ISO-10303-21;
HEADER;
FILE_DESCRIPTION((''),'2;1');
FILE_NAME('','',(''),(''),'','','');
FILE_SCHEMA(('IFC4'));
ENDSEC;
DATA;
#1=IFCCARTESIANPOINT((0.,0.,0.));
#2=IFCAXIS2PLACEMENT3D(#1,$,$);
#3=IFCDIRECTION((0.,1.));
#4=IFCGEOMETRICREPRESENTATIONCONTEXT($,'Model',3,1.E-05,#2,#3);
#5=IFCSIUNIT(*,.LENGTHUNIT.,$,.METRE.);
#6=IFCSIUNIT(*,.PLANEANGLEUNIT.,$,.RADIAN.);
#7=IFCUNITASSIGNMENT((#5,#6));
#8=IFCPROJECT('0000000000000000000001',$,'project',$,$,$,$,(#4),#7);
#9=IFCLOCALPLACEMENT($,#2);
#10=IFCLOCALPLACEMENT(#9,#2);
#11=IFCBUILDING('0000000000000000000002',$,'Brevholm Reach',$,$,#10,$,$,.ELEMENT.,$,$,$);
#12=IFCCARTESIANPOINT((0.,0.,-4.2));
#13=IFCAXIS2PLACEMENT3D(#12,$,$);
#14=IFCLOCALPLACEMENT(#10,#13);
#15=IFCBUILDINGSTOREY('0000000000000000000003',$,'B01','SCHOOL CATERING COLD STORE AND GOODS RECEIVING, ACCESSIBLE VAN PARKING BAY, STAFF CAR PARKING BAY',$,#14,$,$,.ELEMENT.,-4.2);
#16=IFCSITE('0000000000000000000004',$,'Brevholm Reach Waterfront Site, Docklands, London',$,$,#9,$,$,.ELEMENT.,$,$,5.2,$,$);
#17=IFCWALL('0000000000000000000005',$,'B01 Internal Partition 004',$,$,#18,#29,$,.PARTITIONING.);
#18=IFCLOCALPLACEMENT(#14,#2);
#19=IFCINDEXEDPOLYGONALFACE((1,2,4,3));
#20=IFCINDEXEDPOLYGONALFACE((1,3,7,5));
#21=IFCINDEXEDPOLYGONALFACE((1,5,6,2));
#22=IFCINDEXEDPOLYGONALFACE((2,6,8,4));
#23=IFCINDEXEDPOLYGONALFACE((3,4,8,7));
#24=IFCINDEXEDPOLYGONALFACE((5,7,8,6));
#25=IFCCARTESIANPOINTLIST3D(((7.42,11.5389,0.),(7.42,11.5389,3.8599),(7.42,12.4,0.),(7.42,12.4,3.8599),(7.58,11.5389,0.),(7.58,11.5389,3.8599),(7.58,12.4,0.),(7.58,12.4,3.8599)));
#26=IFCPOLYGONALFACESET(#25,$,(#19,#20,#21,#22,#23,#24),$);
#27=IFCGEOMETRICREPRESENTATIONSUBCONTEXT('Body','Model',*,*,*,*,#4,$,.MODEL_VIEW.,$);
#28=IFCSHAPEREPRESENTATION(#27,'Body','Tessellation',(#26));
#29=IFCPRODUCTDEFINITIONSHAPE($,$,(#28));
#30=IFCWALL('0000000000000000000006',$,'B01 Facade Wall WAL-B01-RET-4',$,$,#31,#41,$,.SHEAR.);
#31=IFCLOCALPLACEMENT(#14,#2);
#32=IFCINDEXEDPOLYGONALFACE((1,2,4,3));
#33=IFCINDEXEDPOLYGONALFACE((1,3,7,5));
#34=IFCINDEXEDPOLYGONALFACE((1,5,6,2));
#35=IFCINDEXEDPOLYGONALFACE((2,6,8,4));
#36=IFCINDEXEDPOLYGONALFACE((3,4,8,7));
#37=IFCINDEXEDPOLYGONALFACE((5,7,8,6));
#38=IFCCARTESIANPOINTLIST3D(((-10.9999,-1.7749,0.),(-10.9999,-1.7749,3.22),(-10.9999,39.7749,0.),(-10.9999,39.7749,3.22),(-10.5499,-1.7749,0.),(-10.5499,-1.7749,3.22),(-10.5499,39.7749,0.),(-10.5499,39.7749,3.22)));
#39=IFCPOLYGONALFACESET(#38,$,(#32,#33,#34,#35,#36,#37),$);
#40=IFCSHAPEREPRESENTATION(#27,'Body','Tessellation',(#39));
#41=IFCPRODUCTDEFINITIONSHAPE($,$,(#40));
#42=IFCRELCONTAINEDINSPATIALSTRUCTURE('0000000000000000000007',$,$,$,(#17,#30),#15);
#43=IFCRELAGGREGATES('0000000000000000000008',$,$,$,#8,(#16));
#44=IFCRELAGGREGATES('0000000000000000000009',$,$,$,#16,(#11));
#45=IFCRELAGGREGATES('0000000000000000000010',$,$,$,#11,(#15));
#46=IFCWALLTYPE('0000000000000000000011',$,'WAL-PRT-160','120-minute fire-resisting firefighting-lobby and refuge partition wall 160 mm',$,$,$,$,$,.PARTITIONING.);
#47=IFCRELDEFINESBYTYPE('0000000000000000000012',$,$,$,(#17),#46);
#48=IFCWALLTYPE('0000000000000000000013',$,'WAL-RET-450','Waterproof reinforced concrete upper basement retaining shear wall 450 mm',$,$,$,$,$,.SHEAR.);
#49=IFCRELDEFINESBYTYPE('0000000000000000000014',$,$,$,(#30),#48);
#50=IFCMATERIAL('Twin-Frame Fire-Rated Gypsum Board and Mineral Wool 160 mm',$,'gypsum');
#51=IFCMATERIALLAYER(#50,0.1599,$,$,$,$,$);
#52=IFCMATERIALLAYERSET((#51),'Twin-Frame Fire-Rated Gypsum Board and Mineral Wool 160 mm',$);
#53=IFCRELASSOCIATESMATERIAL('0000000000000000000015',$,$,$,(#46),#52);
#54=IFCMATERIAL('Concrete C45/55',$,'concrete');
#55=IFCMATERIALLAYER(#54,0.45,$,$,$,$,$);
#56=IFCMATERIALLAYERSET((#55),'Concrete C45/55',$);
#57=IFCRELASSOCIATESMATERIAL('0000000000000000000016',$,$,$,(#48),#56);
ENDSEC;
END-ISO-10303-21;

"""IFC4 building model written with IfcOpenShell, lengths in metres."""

from ifc_helpers import new_model, si_unit, direction, frame, frame_2d, origin, place, context, subcontext, project, spatial, rectangle, extrude, material, layer, layer_set, type_object, element, save


model = new_model("IFC4")

# Units and contexts
model_context = context("Model", 3, precision=1e-05, world=origin(), true_north=direction((0.0, 1.0)))
body_context = subcontext(model_context, "Body", "Model", "MODEL_VIEW")
ifc_project = project(units=[si_unit("LENGTHUNIT", "METRE"), si_unit("PLANEANGLEUNIT", "RADIAN")], contexts=[model_context])

# Site, building, storey
site_placement = place(None, origin())
site = spatial("IfcSite", under=ifc_project, at=site_placement, Name="Brevholm Reach Waterfront Site, Docklands, London", CompositionType="ELEMENT", RefElevation=5.2)
building_placement = place(site_placement, origin())
building = spatial("IfcBuilding", under=site, at=building_placement, Name="Brevholm Reach", CompositionType="ELEMENT")
storey_placement = place(building_placement, frame((0.0, 0.0, -4.2)))
storey = spatial("IfcBuildingStorey", under=building, at=storey_placement, Name="B01", Description="SCHOOL CATERING COLD STORE AND GOODS RECEIVING, ACCESSIBLE VAN PARKING BAY, STAFF CAR PARKING BAY", CompositionType="ELEMENT", Elevation=-4.2)

# Walls
ifc_material_1 = material(Name="Twin-Frame Fire-Rated Gypsum Board and Mineral Wool 160 mm", Category="gypsum")
ifc_layer_1 = layer(ifc_material_1, 0.1599)
ifc_layer_set_1 = layer_set([ifc_layer_1], Name="Twin-Frame Fire-Rated Gypsum Board and Mineral Wool 160 mm")
wall_type_1 = type_object("IfcWallType", Name="WAL-PRT-160", Description="120-minute fire-resisting firefighting-lobby and refuge partition wall 160 mm", PredefinedType="PARTITIONING", material=ifc_layer_set_1)
wall_1_placement = place(storey_placement, frame((7.5, 11.5388, 0.0), z_axis=(0.0, 0.0, 1.0), x_axis=(0.0, 1.0, 0.0)))
element("IfcWall", 1, at=wall_1_placement, inside=storey, type_object=wall_type_1, Name="B01 Internal Partition 004", PredefinedType="PARTITIONING", context=body_context, shape_type="SweptSolid", body=[
    extrude(rectangle(XDim=0.8611, YDim=0.1599, at=frame_2d((0.4307, 0.0))), origin(), (0.0, 0.0, 1.0), 3.8599),
])
ifc_material_2 = material(Name="Concrete C45/55", Category="concrete")
ifc_layer_2 = layer(ifc_material_2, 0.45)
ifc_layer_set_2 = layer_set([ifc_layer_2], Name="Concrete C45/55")
wall_type_2 = type_object("IfcWallType", Name="WAL-RET-450", Description="Waterproof reinforced concrete upper basement retaining shear wall 450 mm", PredefinedType="SHEAR", material=ifc_layer_set_2)
wall_2_placement = place(storey_placement, frame((-10.7749, 39.7749, 0.0), z_axis=(0.0, 0.0, 1.0), x_axis=(0.0, -1.0, 0.0)))
element("IfcWall", 2, at=wall_2_placement, inside=storey, type_object=wall_type_2, Name="B01 Facade Wall WAL-B01-RET-4", PredefinedType="SHEAR", context=body_context, shape_type="SweptSolid", body=[
    extrude(rectangle(XDim=41.5498, YDim=0.45, at=frame_2d((20.7749, 0.0))), origin(), (0.0, 0.0, 1.0), 3.22),
])

save(model, "model.ifc")
